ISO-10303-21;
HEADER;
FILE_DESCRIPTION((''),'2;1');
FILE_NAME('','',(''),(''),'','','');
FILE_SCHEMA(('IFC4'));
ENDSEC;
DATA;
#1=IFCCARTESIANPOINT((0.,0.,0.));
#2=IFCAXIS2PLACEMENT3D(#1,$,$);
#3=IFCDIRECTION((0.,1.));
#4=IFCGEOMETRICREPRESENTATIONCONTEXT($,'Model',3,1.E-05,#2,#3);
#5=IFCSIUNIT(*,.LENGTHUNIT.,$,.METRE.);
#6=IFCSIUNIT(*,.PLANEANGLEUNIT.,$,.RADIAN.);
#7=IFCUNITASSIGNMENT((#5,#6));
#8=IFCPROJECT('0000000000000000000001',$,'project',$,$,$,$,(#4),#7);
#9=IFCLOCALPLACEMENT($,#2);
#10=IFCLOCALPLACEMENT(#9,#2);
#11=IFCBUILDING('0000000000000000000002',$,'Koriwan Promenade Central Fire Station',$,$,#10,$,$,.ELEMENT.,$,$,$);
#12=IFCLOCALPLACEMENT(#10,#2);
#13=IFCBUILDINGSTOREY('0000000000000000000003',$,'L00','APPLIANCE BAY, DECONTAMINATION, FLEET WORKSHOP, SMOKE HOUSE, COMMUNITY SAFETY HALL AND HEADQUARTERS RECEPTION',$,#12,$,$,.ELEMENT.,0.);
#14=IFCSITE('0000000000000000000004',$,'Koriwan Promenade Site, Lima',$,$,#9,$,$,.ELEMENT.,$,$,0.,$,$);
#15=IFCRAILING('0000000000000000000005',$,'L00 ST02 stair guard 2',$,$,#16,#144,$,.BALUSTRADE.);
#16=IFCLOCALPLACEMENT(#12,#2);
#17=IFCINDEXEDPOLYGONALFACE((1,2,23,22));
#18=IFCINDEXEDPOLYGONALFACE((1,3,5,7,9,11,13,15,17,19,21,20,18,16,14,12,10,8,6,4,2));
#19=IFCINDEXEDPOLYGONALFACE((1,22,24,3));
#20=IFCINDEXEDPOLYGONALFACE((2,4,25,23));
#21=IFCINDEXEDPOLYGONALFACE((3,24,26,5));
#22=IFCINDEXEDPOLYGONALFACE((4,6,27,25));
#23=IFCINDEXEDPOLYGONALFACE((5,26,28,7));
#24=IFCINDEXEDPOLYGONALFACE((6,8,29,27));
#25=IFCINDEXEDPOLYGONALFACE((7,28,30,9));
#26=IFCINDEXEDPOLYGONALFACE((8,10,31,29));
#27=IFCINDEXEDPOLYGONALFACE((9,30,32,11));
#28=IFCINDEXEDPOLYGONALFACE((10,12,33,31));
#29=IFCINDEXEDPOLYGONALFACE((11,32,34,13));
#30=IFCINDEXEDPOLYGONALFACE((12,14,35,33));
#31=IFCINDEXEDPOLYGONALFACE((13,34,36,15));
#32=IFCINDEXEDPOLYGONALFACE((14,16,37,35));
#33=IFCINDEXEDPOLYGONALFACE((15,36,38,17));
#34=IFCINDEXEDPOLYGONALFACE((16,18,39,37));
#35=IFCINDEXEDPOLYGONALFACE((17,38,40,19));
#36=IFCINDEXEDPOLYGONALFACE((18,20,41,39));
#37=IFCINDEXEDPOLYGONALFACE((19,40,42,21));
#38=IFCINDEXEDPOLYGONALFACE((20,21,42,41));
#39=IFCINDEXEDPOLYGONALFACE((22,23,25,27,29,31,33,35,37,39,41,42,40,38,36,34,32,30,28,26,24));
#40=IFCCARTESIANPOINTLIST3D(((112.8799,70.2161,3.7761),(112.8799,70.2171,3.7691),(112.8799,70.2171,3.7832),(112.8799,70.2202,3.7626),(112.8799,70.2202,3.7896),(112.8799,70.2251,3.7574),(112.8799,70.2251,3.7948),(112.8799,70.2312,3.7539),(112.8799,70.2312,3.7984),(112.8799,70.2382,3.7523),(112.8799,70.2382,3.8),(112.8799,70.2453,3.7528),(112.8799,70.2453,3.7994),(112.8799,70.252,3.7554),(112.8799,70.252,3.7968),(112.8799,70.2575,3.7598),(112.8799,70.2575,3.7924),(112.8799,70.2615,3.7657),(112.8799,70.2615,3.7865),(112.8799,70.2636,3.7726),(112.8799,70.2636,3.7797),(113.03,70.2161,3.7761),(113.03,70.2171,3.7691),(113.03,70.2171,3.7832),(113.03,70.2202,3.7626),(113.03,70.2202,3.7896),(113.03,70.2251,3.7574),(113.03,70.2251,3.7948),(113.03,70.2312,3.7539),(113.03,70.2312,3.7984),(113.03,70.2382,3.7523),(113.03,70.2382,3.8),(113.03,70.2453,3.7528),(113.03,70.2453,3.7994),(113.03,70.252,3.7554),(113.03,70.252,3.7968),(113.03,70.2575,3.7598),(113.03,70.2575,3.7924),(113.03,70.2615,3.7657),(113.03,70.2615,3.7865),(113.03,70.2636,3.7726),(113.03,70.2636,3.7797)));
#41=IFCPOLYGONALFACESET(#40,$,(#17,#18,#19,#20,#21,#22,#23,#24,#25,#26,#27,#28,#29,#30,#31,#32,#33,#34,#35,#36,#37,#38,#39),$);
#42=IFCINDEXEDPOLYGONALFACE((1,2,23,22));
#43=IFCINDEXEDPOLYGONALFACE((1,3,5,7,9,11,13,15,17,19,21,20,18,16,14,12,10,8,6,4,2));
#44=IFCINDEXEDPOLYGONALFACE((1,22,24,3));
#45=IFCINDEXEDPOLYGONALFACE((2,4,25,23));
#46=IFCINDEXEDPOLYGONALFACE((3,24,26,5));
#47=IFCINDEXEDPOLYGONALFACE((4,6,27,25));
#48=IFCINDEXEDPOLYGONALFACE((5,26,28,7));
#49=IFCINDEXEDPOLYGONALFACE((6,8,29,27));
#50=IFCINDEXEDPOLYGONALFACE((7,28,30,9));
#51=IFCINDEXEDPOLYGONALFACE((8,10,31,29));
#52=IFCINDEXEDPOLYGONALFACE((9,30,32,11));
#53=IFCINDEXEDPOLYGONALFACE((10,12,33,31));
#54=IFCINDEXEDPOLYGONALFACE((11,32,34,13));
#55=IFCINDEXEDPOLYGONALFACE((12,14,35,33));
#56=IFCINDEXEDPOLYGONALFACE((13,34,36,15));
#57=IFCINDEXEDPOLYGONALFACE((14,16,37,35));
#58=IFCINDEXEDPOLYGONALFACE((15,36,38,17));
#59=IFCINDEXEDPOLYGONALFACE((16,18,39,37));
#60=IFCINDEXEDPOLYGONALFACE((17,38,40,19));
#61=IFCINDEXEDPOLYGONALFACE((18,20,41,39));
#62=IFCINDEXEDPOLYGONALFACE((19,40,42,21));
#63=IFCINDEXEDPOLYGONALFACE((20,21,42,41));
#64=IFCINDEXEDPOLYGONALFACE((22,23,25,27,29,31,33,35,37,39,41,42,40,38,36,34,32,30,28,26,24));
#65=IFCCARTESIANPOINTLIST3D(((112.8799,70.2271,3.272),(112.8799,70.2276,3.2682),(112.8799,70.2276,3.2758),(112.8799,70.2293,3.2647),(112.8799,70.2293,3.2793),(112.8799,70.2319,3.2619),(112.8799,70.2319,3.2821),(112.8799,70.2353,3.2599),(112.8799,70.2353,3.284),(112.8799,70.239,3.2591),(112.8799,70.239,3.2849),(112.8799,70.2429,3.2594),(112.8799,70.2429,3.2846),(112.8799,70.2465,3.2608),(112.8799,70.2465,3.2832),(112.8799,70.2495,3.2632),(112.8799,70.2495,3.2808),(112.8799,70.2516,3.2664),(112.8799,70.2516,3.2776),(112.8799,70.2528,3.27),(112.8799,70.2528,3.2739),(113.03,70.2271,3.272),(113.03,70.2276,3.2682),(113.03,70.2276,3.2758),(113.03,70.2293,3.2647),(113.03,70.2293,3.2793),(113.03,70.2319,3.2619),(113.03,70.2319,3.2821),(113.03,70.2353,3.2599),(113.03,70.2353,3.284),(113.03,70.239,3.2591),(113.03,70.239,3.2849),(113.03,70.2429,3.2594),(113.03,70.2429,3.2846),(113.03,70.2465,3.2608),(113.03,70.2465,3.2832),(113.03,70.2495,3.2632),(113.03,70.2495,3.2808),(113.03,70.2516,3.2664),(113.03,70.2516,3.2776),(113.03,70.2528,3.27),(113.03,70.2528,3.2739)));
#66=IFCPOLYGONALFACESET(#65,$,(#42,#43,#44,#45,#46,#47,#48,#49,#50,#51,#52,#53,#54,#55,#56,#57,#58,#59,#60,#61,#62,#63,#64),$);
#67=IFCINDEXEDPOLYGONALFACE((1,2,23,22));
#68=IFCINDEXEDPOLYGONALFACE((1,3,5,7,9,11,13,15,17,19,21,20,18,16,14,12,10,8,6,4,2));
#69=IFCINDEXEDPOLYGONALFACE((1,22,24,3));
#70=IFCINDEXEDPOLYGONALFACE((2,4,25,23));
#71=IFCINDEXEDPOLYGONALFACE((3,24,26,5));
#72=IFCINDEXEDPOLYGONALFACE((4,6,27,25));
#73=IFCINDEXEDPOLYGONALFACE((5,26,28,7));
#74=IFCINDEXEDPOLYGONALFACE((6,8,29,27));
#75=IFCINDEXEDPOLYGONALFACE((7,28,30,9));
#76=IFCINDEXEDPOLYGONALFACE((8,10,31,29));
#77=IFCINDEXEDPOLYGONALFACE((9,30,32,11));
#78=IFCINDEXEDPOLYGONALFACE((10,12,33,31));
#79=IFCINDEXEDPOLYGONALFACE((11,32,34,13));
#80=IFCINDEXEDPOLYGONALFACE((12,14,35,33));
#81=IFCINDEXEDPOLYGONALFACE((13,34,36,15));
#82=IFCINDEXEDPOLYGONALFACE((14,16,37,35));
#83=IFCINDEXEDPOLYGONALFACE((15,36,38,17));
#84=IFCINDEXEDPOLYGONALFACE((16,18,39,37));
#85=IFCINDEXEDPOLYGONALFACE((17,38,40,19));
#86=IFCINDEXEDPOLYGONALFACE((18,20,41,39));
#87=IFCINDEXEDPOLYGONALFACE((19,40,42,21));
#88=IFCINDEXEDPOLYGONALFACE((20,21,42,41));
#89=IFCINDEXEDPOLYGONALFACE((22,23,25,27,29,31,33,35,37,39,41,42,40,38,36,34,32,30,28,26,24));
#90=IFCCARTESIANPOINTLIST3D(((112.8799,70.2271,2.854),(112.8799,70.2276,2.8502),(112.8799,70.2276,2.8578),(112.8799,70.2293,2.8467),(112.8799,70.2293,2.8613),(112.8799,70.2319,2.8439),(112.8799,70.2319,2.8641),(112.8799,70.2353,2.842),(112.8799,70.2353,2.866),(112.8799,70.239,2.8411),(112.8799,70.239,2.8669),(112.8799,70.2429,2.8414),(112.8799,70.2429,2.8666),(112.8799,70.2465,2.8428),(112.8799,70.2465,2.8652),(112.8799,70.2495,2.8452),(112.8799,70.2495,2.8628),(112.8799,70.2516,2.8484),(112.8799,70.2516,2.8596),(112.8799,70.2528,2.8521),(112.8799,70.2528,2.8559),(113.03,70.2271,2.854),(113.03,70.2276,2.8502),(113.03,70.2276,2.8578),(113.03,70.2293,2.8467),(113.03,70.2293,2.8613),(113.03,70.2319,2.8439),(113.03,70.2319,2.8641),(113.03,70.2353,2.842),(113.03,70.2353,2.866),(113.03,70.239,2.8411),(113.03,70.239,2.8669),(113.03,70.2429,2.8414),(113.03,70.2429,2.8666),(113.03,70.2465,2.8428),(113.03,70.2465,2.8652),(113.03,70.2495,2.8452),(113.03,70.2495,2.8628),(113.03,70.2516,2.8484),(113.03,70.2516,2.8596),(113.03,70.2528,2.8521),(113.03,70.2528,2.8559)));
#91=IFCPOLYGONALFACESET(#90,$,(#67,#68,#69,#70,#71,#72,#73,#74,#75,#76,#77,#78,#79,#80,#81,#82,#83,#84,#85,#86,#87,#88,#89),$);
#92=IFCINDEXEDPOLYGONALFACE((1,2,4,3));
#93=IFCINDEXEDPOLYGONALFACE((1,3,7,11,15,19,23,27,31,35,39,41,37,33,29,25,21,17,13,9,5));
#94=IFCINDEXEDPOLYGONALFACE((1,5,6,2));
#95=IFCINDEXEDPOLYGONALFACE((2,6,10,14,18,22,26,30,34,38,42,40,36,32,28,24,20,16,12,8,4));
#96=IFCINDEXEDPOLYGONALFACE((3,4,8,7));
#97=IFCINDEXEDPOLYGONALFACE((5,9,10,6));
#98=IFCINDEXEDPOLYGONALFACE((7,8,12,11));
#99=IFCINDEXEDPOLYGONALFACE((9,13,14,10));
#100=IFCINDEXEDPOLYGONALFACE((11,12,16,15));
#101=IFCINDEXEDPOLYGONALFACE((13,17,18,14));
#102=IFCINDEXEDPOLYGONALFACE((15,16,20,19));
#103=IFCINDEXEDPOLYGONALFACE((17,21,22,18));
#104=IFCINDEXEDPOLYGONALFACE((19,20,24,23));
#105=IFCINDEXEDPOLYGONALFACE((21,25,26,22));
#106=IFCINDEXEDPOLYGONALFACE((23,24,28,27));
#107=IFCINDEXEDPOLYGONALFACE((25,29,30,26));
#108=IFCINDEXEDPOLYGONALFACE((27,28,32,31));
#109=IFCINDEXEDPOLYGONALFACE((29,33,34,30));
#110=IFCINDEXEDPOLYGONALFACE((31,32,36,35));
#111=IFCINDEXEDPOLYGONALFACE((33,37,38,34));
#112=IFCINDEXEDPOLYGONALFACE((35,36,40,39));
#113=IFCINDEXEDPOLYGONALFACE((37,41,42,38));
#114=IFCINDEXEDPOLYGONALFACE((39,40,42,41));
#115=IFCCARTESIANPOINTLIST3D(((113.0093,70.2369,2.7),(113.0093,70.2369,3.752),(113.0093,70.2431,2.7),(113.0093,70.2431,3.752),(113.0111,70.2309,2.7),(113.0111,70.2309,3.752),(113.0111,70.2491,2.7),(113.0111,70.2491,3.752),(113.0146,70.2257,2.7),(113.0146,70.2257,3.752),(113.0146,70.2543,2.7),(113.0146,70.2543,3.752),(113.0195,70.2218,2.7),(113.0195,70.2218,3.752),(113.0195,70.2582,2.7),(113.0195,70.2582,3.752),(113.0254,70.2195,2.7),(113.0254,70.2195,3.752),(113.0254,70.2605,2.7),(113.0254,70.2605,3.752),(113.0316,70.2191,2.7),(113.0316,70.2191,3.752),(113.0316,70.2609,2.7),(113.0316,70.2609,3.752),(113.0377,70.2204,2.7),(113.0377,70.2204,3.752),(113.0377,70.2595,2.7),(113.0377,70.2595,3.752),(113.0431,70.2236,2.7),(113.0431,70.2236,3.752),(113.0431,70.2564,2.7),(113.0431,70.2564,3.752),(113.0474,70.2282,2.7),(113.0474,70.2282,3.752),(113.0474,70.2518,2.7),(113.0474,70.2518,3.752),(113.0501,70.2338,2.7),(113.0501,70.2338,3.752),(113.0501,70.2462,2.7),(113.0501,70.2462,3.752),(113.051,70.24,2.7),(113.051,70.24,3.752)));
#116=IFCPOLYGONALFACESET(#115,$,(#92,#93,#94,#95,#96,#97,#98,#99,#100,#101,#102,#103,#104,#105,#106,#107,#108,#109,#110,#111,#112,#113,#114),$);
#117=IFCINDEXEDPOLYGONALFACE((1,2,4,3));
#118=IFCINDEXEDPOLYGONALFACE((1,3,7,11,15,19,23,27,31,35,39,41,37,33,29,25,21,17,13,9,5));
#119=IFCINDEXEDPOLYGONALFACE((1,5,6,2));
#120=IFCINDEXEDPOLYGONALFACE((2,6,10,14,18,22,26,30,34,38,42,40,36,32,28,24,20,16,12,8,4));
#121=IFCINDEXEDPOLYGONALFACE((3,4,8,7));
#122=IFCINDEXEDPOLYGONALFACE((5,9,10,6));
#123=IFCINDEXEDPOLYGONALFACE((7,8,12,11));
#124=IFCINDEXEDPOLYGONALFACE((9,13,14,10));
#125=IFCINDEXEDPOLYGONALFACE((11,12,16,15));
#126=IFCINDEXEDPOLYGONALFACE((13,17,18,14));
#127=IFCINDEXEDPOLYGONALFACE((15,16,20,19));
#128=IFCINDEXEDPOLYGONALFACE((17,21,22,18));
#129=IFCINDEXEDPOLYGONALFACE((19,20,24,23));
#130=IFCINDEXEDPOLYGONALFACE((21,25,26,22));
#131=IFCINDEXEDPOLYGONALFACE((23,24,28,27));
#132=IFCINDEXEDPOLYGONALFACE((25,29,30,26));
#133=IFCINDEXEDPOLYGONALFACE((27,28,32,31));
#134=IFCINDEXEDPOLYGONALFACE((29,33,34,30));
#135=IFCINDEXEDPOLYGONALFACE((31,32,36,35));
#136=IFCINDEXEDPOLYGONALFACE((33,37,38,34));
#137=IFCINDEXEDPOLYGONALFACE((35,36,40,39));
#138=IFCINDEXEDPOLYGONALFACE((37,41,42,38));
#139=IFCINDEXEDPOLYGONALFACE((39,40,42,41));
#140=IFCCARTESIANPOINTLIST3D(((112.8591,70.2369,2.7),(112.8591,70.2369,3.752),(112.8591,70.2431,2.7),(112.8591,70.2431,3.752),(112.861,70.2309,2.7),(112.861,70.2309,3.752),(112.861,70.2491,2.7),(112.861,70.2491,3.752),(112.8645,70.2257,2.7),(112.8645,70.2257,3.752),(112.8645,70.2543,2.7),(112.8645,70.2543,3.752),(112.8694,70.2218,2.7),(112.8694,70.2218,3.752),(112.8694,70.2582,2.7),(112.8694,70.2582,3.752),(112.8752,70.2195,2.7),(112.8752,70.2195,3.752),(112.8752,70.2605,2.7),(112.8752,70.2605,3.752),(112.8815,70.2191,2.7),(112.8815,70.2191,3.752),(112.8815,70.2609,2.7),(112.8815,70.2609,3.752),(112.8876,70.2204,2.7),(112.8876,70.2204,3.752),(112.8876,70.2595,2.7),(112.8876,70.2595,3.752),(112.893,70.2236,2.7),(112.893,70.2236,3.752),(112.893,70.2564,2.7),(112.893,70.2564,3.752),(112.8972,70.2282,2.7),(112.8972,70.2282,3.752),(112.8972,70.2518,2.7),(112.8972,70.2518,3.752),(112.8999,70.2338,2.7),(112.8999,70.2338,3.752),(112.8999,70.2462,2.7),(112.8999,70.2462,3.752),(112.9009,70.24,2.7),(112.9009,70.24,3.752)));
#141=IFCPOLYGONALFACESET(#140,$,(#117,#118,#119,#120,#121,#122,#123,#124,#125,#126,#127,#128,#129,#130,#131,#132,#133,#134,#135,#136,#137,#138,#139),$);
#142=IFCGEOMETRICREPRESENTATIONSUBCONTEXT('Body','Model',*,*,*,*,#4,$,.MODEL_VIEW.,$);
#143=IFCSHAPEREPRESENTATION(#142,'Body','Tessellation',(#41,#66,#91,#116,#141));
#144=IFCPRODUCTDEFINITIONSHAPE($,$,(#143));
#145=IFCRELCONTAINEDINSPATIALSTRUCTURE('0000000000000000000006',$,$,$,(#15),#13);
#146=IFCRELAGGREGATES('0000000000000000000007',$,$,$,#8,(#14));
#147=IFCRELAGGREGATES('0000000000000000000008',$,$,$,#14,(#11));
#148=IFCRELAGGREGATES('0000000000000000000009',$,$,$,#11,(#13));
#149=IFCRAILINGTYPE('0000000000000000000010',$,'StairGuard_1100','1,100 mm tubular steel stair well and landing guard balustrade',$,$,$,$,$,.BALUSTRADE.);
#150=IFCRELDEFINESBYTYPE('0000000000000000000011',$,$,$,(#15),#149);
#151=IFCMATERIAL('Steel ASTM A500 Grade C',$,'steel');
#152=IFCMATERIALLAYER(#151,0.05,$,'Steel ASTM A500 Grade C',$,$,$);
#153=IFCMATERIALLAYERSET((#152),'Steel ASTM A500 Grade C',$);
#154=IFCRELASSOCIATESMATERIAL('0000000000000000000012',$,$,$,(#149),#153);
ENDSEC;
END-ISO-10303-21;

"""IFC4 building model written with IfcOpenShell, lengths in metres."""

from ifc_helpers import new_model, si_unit, direction, frame, origin, origin_2d, place, context, subcontext, project, spatial, circle, extrude, material, layer, layer_set, type_object, element, save


model = new_model("IFC4")

# Units and contexts
model_context = context("Model", 3, precision=1e-05, world=origin(), true_north=direction((0.0, 1.0)))
body_context = subcontext(model_context, "Body", "Model", "MODEL_VIEW")
ifc_project = project(units=[si_unit("LENGTHUNIT", "METRE"), si_unit("PLANEANGLEUNIT", "RADIAN")], contexts=[model_context])

# Site, building, storey
site_placement = place(None, origin())
site = spatial("IfcSite", under=ifc_project, at=site_placement, Name="Koriwan Promenade Site, Lima", CompositionType="ELEMENT", RefElevation=0.0)
building_placement = place(site_placement, origin())
building = spatial("IfcBuilding", under=site, at=building_placement, Name="Koriwan Promenade Central Fire Station", CompositionType="ELEMENT")
storey_placement = place(building_placement, origin())
storey = spatial("IfcBuildingStorey", under=building, at=storey_placement, Name="L00", Description="APPLIANCE BAY, DECONTAMINATION, FLEET WORKSHOP, SMOKE HOUSE, COMMUNITY SAFETY HALL AND HEADQUARTERS RECEPTION", CompositionType="ELEMENT", Elevation=0.0)

# Railing
ifc_material_1 = material(Name="Steel ASTM A500 Grade C", Category="steel")
ifc_layer_1 = layer(ifc_material_1, 0.05, Name="Steel ASTM A500 Grade C")
ifc_layer_set_1 = layer_set([ifc_layer_1], Name="Steel ASTM A500 Grade C")
railing_type_1 = type_object("IfcRailingType", Name="StairGuard_1100", Description="1,100 mm tubular steel stair well and landing guard balustrade", PredefinedType="BALUSTRADE", material=ifc_layer_set_1)
railing_1_placement = place(storey_placement, frame((113.03, 70.24, 2.7)))
element("IfcRailing", 1, at=railing_1_placement, inside=storey, type_object=railing_type_1, Name="L00 ST02 stair guard 2", PredefinedType="BALUSTRADE", context=body_context, shape_type="SweptSolid", body=[
    extrude(circle(Radius=0.0239, at=origin_2d()), frame((0.0, 0.0, 1.0762), z_axis=(-1.0, 0.0, 0.0), x_axis=(0.0, -1.0, 0.0)), (0.0, 0.0, 1.0), 0.1501),
    extrude(circle(Radius=0.0129, at=origin_2d()), frame((0.0, 0.0, 0.572), z_axis=(-1.0, 0.0, 0.0), x_axis=(0.0, -1.0, 0.0)), (0.0, 0.0, 1.0), 0.1501),
    extrude(circle(Radius=0.0129, at=origin_2d()), frame((0.0, 0.0, 0.1541), z_axis=(-1.0, 0.0, 0.0), x_axis=(0.0, -1.0, 0.0)), (0.0, 0.0, 1.0), 0.1501),
    extrude(circle(Radius=0.021, at=origin_2d()), origin(), (0.0, 0.0, 1.0), 1.052),
    extrude(circle(Radius=0.021, at=origin_2d()), frame((-0.1501, 0.0, 0.0)), (0.0, 0.0, 1.0), 1.052),
])

save(model, "model.ifc")
